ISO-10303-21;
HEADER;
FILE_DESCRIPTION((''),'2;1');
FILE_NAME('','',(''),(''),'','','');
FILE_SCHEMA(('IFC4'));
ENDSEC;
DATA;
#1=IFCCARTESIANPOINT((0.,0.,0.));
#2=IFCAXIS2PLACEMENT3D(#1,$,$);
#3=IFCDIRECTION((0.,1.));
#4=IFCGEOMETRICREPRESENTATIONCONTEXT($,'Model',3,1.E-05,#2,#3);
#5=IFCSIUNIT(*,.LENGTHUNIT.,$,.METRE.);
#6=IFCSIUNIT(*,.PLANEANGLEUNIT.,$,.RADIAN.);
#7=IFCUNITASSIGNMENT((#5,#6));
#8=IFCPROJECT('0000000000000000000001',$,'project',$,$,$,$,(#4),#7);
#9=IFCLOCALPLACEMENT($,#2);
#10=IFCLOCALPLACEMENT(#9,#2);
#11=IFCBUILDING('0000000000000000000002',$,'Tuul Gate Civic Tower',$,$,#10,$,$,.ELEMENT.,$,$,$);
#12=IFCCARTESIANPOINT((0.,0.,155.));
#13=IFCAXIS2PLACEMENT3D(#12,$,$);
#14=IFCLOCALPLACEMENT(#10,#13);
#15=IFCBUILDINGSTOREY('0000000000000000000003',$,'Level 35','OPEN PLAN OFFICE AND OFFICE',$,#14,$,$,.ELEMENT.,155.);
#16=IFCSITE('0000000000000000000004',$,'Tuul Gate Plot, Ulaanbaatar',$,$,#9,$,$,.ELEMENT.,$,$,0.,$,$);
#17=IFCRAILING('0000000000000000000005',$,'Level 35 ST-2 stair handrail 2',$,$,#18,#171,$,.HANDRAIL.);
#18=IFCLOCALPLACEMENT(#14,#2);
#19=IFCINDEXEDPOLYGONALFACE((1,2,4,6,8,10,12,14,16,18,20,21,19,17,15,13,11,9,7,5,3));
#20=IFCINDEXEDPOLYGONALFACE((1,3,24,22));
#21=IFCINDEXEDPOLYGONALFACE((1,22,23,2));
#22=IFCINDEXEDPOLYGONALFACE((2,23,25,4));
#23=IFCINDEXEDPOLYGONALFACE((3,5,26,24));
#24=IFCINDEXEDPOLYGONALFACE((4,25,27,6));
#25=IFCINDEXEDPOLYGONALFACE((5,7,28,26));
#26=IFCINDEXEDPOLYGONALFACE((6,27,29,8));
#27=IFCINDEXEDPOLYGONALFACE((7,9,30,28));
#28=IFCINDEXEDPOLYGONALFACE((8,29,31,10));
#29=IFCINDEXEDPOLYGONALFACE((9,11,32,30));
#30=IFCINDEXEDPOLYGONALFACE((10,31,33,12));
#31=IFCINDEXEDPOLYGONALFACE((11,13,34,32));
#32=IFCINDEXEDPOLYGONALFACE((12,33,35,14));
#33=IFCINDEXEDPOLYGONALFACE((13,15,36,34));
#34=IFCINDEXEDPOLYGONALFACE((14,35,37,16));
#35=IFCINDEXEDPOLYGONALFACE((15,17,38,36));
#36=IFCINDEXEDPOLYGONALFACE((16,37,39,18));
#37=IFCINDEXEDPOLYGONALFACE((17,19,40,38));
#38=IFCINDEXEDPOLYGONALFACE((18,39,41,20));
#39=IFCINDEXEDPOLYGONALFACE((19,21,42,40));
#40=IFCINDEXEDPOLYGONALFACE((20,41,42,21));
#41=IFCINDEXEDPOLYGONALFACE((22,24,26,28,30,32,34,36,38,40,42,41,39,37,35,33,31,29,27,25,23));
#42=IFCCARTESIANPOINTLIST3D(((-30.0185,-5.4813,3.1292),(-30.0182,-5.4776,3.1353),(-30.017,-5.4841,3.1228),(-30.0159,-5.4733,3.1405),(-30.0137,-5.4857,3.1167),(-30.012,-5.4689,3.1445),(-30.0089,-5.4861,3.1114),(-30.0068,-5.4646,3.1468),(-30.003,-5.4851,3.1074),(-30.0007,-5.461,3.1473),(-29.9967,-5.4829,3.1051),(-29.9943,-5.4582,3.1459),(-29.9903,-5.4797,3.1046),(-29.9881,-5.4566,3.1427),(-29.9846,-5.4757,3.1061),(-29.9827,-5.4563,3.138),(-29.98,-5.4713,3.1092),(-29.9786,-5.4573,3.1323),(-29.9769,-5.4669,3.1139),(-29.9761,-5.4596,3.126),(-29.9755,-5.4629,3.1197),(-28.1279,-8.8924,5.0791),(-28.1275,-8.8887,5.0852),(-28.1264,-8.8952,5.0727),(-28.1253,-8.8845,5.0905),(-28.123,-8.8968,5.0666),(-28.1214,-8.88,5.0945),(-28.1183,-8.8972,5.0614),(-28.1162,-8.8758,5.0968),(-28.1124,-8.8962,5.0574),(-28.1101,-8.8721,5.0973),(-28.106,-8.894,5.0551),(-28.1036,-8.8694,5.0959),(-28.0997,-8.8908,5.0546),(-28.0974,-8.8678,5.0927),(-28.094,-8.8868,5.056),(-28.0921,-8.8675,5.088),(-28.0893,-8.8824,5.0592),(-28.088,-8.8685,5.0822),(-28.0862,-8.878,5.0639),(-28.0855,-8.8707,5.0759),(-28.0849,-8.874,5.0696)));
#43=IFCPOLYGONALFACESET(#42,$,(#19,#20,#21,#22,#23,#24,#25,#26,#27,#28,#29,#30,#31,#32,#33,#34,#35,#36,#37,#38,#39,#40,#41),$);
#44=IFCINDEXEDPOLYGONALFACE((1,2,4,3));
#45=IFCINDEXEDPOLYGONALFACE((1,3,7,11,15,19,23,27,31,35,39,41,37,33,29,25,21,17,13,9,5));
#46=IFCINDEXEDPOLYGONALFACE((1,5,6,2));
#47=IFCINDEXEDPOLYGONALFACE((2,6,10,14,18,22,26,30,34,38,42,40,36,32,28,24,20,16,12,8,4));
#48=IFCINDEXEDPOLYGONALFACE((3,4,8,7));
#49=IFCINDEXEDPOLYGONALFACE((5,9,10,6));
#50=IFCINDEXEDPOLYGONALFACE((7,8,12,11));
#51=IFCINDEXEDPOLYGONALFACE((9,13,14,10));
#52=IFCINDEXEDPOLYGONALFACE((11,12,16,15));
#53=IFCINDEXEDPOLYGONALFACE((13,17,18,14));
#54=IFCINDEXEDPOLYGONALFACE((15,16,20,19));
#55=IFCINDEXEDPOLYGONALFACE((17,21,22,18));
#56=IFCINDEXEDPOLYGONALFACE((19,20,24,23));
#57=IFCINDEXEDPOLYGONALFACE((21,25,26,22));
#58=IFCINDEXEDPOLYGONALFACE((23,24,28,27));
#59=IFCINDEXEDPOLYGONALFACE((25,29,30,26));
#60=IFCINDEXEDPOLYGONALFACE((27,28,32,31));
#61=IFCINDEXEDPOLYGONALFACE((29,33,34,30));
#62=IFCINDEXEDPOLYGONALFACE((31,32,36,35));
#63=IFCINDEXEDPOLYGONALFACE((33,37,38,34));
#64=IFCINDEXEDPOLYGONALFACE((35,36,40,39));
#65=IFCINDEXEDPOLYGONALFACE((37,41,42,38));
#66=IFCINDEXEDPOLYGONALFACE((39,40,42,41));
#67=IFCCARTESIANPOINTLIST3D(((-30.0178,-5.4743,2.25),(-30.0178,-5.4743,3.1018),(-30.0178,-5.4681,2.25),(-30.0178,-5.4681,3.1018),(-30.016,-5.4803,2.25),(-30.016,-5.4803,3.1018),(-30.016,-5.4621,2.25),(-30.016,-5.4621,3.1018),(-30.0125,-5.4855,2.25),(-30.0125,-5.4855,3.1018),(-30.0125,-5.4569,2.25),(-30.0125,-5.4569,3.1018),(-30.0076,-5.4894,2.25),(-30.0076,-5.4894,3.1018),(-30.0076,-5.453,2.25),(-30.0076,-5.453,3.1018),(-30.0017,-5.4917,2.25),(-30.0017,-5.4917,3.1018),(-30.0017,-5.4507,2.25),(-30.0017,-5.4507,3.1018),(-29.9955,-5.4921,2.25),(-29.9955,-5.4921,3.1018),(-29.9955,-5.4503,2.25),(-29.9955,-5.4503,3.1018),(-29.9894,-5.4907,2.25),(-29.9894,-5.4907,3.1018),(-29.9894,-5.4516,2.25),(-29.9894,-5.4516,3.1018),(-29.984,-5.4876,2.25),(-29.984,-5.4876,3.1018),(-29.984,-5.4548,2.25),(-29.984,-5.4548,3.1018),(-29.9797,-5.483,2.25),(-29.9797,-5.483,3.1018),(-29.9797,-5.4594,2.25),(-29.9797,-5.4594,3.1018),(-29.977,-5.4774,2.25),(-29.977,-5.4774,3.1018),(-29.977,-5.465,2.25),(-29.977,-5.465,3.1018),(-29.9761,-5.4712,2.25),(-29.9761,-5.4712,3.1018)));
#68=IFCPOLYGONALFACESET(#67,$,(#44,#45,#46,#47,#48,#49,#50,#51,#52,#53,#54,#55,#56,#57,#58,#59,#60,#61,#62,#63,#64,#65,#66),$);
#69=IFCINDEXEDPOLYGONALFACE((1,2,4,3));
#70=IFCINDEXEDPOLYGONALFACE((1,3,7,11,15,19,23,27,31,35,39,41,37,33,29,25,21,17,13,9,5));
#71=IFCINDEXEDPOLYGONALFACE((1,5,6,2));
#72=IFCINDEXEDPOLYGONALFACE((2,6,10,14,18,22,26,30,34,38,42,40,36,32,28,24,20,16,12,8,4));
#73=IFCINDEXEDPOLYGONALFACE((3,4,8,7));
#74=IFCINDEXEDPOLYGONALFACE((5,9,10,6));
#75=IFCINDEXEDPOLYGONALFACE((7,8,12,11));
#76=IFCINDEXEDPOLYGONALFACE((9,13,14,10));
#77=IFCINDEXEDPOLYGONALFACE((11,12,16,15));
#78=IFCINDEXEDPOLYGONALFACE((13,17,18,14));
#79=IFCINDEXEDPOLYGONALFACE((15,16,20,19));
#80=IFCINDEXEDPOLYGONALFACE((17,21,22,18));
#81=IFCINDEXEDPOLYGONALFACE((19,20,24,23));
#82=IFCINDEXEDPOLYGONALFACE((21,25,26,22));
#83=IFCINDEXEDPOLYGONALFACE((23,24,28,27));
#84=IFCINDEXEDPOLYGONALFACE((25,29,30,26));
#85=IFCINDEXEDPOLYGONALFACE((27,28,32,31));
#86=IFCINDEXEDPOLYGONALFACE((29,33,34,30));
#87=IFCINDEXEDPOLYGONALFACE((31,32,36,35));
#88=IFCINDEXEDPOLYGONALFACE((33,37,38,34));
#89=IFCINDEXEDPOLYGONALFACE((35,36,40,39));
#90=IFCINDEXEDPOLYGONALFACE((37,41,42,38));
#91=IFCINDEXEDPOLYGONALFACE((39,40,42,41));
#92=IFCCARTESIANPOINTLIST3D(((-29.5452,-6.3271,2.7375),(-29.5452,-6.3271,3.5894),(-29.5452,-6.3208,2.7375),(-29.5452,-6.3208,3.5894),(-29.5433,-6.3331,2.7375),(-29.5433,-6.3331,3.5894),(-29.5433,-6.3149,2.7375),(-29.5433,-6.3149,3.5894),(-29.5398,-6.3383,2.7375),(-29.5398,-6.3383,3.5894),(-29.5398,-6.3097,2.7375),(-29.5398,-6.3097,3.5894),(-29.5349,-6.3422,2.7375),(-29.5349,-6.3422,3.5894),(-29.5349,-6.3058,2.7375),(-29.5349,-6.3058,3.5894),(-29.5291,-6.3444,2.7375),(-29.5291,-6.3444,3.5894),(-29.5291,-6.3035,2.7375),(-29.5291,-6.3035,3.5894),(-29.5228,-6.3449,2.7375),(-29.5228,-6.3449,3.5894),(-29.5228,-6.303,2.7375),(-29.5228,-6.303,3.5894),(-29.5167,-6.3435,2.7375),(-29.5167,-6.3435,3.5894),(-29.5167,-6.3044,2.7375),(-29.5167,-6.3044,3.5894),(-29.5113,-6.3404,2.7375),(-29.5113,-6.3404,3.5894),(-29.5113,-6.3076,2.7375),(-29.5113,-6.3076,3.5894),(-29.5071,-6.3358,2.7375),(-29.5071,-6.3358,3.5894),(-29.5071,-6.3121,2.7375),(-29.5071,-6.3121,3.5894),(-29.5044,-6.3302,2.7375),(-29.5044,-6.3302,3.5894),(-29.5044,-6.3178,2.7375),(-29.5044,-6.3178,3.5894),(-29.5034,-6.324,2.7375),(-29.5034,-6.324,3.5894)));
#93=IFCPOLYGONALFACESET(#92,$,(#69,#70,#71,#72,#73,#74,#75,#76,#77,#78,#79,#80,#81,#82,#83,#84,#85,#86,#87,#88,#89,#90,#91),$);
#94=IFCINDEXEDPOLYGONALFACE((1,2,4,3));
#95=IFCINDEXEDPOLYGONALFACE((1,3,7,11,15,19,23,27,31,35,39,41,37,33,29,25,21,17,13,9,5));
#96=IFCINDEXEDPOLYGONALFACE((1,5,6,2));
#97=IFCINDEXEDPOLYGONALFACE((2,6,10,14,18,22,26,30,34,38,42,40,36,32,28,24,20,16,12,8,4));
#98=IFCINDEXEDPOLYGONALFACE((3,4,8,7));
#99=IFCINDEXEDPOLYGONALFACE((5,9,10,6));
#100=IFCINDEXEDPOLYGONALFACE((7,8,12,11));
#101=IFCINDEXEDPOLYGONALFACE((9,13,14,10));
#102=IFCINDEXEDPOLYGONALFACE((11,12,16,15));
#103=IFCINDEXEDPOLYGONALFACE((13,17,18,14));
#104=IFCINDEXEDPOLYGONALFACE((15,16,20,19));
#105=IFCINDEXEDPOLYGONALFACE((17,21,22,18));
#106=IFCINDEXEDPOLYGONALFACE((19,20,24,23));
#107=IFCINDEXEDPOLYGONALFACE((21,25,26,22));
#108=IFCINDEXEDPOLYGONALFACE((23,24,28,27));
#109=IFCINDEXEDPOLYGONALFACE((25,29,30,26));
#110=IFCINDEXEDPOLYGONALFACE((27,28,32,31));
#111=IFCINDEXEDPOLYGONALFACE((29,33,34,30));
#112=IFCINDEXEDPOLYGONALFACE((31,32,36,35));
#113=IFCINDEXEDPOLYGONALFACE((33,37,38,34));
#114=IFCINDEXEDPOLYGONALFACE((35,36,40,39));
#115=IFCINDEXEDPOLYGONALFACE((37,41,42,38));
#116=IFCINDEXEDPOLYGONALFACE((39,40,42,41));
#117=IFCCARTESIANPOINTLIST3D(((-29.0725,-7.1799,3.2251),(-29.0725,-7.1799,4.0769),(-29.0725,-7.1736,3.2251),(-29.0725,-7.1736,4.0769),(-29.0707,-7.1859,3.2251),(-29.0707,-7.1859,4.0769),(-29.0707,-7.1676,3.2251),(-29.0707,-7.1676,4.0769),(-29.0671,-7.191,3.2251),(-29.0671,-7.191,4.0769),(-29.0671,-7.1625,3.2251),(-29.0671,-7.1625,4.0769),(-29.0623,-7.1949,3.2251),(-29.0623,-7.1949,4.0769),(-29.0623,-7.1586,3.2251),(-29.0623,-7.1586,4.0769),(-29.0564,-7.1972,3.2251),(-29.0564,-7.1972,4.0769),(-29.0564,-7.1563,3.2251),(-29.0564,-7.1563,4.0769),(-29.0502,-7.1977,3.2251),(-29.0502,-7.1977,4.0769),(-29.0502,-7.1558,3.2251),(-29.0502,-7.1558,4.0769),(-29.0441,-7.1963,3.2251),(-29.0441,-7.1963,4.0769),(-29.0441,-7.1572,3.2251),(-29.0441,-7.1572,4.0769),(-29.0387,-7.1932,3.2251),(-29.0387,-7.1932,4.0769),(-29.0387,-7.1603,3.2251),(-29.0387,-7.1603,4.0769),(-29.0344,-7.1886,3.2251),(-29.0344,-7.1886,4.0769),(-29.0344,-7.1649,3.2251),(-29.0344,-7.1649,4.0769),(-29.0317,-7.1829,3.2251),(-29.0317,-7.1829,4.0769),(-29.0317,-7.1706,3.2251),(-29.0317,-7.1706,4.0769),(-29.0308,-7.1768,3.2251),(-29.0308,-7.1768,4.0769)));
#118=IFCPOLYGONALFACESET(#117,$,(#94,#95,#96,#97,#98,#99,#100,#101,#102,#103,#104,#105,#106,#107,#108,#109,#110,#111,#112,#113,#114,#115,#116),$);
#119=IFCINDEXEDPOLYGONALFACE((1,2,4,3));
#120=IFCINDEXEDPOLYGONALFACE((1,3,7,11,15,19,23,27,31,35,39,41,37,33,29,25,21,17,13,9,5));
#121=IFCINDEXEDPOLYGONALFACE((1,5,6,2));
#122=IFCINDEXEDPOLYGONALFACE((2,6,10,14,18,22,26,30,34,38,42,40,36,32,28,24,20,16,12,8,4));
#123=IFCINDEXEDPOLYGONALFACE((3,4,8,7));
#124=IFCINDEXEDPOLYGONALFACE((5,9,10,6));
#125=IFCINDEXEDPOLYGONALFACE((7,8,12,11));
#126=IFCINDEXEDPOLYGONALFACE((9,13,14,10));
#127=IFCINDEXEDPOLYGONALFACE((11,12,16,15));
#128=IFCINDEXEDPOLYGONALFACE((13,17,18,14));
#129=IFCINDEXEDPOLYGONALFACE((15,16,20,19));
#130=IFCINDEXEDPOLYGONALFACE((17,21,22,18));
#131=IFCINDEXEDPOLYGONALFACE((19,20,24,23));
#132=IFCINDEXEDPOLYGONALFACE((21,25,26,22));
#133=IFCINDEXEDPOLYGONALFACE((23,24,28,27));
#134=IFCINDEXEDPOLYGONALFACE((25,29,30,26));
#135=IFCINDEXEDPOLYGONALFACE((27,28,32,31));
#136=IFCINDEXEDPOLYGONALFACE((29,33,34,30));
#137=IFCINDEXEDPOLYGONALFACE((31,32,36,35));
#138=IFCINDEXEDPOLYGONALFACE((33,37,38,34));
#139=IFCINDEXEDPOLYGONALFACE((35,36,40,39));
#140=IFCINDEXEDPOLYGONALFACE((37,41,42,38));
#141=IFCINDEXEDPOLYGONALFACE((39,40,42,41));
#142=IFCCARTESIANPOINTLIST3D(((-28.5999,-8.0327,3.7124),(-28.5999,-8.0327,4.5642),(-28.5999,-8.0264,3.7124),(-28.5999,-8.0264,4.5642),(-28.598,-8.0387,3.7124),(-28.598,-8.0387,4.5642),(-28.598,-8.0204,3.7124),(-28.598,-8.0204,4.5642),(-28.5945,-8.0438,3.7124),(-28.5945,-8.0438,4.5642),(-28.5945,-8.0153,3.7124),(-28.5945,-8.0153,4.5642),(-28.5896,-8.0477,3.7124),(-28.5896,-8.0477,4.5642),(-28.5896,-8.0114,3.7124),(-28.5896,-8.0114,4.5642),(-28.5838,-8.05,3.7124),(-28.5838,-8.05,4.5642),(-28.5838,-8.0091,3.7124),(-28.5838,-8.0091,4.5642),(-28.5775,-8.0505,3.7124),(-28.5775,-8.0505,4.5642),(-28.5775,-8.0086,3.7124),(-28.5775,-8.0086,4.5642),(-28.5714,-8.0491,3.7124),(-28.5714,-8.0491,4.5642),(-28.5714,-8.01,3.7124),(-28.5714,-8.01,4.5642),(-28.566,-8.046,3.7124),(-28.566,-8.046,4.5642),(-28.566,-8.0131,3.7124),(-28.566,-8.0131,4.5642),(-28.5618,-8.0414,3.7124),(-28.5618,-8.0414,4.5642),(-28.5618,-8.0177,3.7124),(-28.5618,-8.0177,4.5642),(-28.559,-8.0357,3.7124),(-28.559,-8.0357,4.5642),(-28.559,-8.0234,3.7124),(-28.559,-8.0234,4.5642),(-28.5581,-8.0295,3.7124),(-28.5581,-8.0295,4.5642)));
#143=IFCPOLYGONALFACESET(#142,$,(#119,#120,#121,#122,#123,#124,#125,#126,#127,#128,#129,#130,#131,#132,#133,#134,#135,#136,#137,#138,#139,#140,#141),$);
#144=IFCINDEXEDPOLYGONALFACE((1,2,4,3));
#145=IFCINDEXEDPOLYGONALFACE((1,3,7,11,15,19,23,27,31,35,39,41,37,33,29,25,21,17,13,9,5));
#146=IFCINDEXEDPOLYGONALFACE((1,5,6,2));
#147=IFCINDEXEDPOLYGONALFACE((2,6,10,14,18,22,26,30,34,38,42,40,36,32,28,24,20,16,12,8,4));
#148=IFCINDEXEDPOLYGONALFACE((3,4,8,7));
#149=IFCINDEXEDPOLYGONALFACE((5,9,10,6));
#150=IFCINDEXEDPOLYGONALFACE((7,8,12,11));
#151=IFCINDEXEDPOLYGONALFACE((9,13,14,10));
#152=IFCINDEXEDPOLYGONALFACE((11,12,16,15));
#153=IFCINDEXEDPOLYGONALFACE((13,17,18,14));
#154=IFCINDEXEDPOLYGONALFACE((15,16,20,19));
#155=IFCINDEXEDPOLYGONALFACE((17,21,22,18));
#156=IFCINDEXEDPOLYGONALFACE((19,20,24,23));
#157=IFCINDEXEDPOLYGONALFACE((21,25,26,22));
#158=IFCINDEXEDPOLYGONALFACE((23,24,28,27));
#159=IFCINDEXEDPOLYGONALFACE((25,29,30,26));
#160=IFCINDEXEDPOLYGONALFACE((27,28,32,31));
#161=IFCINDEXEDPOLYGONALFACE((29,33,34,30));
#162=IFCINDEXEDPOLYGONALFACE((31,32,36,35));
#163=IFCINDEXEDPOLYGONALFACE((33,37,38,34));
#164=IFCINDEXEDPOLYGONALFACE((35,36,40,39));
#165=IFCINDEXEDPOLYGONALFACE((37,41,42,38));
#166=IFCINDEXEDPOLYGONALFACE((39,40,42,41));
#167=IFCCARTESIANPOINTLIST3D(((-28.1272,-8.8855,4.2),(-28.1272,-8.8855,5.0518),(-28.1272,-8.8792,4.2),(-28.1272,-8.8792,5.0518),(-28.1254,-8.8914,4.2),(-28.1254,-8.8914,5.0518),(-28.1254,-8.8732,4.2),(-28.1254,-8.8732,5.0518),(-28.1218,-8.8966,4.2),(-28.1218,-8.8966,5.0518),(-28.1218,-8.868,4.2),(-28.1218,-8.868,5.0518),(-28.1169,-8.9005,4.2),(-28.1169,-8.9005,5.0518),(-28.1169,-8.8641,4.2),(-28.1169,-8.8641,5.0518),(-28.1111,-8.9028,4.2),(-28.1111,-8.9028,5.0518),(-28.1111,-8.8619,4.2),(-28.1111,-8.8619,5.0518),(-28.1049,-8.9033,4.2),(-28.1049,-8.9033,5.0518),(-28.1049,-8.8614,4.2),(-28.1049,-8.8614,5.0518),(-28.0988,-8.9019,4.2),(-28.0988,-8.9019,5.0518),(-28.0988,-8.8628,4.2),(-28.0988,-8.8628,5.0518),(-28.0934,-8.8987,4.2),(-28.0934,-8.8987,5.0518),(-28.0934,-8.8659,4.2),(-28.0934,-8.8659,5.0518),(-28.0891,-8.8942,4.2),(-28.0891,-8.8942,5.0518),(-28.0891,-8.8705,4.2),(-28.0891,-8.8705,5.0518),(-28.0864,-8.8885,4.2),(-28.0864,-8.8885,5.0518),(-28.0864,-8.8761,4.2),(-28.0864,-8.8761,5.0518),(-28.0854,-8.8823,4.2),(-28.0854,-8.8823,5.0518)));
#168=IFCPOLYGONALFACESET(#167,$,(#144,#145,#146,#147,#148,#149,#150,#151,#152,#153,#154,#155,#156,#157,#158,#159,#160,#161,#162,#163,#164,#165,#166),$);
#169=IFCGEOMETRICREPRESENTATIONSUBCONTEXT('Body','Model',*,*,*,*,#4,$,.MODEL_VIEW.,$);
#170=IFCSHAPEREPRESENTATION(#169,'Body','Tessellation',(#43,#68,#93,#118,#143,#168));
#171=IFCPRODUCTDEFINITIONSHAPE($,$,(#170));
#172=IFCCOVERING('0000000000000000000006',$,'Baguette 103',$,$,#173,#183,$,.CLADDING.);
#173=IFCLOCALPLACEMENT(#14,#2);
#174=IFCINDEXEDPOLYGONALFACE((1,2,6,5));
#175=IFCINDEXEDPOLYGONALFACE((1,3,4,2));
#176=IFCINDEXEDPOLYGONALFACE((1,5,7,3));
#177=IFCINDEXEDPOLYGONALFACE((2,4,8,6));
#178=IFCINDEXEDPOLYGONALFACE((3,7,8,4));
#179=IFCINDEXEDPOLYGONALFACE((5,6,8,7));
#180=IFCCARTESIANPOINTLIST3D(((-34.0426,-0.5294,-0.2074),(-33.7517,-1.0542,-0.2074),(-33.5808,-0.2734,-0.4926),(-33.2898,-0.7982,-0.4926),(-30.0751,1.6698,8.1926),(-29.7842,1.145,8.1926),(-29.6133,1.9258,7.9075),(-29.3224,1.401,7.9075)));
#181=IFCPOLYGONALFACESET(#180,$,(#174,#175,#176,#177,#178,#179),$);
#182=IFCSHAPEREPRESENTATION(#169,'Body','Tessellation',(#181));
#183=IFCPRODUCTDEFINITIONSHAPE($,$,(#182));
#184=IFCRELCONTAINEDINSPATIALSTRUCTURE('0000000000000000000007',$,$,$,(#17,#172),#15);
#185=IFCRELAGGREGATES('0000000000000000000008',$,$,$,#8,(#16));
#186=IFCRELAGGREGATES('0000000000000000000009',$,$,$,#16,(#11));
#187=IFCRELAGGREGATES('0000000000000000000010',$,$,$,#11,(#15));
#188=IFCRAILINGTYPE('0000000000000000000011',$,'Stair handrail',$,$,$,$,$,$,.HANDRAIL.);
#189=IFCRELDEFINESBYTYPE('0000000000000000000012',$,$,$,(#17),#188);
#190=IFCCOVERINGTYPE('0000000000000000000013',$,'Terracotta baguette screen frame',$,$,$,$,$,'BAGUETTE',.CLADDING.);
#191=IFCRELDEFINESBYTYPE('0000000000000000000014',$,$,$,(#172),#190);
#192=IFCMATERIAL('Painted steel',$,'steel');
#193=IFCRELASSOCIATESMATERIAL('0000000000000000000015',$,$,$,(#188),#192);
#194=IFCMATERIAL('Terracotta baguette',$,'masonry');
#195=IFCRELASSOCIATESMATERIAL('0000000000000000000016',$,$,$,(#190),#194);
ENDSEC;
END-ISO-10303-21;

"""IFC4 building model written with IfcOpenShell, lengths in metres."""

from ifc_helpers import new_model, si_unit, direction, frame, origin, origin_2d, place, context, subcontext, project, spatial, rectangle, circle, extrude, material, material_profile, profile_set, type_object, element, save


model = new_model("IFC4")

# Units and contexts
model_context = context("Model", 3, precision=1e-05, world=origin(), true_north=direction((0.0, 1.0)))
body_context = subcontext(model_context, "Body", "Model", "MODEL_VIEW")
ifc_project = project(units=[si_unit("LENGTHUNIT", "METRE"), si_unit("PLANEANGLEUNIT", "RADIAN")], contexts=[model_context])

# Site, building, storey
site_placement = place(None, origin())
site = spatial("IfcSite", under=ifc_project, at=site_placement, Name="Tuul Gate Plot, Ulaanbaatar", CompositionType="ELEMENT", RefElevation=0.0)
building_placement = place(site_placement, origin())
building = spatial("IfcBuilding", under=site, at=building_placement, Name="Tuul Gate Civic Tower", CompositionType="ELEMENT")
storey_placement = place(building_placement, frame((0.0, 0.0, 155.0)))
storey = spatial("IfcBuildingStorey", under=building, at=storey_placement, Name="Level 35", Description="OPEN PLAN OFFICE AND OFFICE", CompositionType="ELEMENT", Elevation=155.0)

# Railing
ifc_material_1 = material(Name="Painted steel", Category="steel")
railing_type_1 = type_object("IfcRailingType", Name="Stair handrail", PredefinedType="HANDRAIL", material=ifc_material_1)
railing_1_placement = place(storey_placement, frame((-29.9971, -5.4712, 2.25)))
element("IfcRailing", 1, at=railing_1_placement, inside=storey, type_object=railing_type_1, Name="Level 35 ST-2 stair handrail 2", PredefinedType="HANDRAIL", context=body_context, shape_type="SweptSolid", body=[
    extrude(circle(Radius=0.0239, at=origin_2d()), frame((0.0, 0.0, 0.876), z_axis=(0.433595, -0.782308, 0.447201), x_axis=(0.874641, 0.484771, 0.0)), (0.0, 0.0, 1.0), 4.3604),
    extrude(circle(Radius=0.021, at=origin_2d()), origin(), (0.0, 0.0, 1.0), 0.8518),
    extrude(circle(Radius=0.021, at=origin_2d()), frame((0.4727, -0.8528, 0.4875)), (0.0, 0.0, 1.0), 0.8518),
    extrude(circle(Radius=0.021, at=origin_2d()), frame((0.9453, -1.7056, 0.9751)), (0.0, 0.0, 1.0), 0.8518),
    extrude(circle(Radius=0.021, at=origin_2d()), frame((1.418, -2.5583, 1.4624)), (0.0, 0.0, 1.0), 0.8518),
    extrude(circle(Radius=0.021, at=origin_2d()), frame((1.8906, -3.4111, 1.95)), (0.0, 0.0, 1.0), 0.8518),
])

# Covering
ifc_material_2 = material(Name="Terracotta baguette", Category="masonry")
ifc_material_profile = material_profile(ifc_material_2, rectangle(XDim=0.6001, YDim=0.6001, at=origin_2d()), Name="Terracotta baguette screen frame")
ifc_profile_set = profile_set([ifc_material_profile], Name="Terracotta baguette")
covering_type = type_object("IfcCoveringType", Name="Terracotta baguette screen frame", ElementType="BAGUETTE", PredefinedType="CLADDING", material=ifc_profile_set)
covering_placement = place(storey_placement, frame((-29.6987, 1.5354, 8.05), z_axis=(-0.41559, -0.230363, -0.879897), x_axis=(0.484806, -0.874621, 0.0)))
element("IfcCovering", 2, at=covering_placement, inside=storey, type_object=covering_type, Name="Baguette 103", PredefinedType="CLADDING", context=body_context, shape_type="SweptSolid", body=[
    extrude(rectangle(XDim=0.6001, YDim=0.6001, at=origin_2d()), origin(), (0.0, 0.0, 1.0), 9.5466),
])

save(model, "model.ifc")
